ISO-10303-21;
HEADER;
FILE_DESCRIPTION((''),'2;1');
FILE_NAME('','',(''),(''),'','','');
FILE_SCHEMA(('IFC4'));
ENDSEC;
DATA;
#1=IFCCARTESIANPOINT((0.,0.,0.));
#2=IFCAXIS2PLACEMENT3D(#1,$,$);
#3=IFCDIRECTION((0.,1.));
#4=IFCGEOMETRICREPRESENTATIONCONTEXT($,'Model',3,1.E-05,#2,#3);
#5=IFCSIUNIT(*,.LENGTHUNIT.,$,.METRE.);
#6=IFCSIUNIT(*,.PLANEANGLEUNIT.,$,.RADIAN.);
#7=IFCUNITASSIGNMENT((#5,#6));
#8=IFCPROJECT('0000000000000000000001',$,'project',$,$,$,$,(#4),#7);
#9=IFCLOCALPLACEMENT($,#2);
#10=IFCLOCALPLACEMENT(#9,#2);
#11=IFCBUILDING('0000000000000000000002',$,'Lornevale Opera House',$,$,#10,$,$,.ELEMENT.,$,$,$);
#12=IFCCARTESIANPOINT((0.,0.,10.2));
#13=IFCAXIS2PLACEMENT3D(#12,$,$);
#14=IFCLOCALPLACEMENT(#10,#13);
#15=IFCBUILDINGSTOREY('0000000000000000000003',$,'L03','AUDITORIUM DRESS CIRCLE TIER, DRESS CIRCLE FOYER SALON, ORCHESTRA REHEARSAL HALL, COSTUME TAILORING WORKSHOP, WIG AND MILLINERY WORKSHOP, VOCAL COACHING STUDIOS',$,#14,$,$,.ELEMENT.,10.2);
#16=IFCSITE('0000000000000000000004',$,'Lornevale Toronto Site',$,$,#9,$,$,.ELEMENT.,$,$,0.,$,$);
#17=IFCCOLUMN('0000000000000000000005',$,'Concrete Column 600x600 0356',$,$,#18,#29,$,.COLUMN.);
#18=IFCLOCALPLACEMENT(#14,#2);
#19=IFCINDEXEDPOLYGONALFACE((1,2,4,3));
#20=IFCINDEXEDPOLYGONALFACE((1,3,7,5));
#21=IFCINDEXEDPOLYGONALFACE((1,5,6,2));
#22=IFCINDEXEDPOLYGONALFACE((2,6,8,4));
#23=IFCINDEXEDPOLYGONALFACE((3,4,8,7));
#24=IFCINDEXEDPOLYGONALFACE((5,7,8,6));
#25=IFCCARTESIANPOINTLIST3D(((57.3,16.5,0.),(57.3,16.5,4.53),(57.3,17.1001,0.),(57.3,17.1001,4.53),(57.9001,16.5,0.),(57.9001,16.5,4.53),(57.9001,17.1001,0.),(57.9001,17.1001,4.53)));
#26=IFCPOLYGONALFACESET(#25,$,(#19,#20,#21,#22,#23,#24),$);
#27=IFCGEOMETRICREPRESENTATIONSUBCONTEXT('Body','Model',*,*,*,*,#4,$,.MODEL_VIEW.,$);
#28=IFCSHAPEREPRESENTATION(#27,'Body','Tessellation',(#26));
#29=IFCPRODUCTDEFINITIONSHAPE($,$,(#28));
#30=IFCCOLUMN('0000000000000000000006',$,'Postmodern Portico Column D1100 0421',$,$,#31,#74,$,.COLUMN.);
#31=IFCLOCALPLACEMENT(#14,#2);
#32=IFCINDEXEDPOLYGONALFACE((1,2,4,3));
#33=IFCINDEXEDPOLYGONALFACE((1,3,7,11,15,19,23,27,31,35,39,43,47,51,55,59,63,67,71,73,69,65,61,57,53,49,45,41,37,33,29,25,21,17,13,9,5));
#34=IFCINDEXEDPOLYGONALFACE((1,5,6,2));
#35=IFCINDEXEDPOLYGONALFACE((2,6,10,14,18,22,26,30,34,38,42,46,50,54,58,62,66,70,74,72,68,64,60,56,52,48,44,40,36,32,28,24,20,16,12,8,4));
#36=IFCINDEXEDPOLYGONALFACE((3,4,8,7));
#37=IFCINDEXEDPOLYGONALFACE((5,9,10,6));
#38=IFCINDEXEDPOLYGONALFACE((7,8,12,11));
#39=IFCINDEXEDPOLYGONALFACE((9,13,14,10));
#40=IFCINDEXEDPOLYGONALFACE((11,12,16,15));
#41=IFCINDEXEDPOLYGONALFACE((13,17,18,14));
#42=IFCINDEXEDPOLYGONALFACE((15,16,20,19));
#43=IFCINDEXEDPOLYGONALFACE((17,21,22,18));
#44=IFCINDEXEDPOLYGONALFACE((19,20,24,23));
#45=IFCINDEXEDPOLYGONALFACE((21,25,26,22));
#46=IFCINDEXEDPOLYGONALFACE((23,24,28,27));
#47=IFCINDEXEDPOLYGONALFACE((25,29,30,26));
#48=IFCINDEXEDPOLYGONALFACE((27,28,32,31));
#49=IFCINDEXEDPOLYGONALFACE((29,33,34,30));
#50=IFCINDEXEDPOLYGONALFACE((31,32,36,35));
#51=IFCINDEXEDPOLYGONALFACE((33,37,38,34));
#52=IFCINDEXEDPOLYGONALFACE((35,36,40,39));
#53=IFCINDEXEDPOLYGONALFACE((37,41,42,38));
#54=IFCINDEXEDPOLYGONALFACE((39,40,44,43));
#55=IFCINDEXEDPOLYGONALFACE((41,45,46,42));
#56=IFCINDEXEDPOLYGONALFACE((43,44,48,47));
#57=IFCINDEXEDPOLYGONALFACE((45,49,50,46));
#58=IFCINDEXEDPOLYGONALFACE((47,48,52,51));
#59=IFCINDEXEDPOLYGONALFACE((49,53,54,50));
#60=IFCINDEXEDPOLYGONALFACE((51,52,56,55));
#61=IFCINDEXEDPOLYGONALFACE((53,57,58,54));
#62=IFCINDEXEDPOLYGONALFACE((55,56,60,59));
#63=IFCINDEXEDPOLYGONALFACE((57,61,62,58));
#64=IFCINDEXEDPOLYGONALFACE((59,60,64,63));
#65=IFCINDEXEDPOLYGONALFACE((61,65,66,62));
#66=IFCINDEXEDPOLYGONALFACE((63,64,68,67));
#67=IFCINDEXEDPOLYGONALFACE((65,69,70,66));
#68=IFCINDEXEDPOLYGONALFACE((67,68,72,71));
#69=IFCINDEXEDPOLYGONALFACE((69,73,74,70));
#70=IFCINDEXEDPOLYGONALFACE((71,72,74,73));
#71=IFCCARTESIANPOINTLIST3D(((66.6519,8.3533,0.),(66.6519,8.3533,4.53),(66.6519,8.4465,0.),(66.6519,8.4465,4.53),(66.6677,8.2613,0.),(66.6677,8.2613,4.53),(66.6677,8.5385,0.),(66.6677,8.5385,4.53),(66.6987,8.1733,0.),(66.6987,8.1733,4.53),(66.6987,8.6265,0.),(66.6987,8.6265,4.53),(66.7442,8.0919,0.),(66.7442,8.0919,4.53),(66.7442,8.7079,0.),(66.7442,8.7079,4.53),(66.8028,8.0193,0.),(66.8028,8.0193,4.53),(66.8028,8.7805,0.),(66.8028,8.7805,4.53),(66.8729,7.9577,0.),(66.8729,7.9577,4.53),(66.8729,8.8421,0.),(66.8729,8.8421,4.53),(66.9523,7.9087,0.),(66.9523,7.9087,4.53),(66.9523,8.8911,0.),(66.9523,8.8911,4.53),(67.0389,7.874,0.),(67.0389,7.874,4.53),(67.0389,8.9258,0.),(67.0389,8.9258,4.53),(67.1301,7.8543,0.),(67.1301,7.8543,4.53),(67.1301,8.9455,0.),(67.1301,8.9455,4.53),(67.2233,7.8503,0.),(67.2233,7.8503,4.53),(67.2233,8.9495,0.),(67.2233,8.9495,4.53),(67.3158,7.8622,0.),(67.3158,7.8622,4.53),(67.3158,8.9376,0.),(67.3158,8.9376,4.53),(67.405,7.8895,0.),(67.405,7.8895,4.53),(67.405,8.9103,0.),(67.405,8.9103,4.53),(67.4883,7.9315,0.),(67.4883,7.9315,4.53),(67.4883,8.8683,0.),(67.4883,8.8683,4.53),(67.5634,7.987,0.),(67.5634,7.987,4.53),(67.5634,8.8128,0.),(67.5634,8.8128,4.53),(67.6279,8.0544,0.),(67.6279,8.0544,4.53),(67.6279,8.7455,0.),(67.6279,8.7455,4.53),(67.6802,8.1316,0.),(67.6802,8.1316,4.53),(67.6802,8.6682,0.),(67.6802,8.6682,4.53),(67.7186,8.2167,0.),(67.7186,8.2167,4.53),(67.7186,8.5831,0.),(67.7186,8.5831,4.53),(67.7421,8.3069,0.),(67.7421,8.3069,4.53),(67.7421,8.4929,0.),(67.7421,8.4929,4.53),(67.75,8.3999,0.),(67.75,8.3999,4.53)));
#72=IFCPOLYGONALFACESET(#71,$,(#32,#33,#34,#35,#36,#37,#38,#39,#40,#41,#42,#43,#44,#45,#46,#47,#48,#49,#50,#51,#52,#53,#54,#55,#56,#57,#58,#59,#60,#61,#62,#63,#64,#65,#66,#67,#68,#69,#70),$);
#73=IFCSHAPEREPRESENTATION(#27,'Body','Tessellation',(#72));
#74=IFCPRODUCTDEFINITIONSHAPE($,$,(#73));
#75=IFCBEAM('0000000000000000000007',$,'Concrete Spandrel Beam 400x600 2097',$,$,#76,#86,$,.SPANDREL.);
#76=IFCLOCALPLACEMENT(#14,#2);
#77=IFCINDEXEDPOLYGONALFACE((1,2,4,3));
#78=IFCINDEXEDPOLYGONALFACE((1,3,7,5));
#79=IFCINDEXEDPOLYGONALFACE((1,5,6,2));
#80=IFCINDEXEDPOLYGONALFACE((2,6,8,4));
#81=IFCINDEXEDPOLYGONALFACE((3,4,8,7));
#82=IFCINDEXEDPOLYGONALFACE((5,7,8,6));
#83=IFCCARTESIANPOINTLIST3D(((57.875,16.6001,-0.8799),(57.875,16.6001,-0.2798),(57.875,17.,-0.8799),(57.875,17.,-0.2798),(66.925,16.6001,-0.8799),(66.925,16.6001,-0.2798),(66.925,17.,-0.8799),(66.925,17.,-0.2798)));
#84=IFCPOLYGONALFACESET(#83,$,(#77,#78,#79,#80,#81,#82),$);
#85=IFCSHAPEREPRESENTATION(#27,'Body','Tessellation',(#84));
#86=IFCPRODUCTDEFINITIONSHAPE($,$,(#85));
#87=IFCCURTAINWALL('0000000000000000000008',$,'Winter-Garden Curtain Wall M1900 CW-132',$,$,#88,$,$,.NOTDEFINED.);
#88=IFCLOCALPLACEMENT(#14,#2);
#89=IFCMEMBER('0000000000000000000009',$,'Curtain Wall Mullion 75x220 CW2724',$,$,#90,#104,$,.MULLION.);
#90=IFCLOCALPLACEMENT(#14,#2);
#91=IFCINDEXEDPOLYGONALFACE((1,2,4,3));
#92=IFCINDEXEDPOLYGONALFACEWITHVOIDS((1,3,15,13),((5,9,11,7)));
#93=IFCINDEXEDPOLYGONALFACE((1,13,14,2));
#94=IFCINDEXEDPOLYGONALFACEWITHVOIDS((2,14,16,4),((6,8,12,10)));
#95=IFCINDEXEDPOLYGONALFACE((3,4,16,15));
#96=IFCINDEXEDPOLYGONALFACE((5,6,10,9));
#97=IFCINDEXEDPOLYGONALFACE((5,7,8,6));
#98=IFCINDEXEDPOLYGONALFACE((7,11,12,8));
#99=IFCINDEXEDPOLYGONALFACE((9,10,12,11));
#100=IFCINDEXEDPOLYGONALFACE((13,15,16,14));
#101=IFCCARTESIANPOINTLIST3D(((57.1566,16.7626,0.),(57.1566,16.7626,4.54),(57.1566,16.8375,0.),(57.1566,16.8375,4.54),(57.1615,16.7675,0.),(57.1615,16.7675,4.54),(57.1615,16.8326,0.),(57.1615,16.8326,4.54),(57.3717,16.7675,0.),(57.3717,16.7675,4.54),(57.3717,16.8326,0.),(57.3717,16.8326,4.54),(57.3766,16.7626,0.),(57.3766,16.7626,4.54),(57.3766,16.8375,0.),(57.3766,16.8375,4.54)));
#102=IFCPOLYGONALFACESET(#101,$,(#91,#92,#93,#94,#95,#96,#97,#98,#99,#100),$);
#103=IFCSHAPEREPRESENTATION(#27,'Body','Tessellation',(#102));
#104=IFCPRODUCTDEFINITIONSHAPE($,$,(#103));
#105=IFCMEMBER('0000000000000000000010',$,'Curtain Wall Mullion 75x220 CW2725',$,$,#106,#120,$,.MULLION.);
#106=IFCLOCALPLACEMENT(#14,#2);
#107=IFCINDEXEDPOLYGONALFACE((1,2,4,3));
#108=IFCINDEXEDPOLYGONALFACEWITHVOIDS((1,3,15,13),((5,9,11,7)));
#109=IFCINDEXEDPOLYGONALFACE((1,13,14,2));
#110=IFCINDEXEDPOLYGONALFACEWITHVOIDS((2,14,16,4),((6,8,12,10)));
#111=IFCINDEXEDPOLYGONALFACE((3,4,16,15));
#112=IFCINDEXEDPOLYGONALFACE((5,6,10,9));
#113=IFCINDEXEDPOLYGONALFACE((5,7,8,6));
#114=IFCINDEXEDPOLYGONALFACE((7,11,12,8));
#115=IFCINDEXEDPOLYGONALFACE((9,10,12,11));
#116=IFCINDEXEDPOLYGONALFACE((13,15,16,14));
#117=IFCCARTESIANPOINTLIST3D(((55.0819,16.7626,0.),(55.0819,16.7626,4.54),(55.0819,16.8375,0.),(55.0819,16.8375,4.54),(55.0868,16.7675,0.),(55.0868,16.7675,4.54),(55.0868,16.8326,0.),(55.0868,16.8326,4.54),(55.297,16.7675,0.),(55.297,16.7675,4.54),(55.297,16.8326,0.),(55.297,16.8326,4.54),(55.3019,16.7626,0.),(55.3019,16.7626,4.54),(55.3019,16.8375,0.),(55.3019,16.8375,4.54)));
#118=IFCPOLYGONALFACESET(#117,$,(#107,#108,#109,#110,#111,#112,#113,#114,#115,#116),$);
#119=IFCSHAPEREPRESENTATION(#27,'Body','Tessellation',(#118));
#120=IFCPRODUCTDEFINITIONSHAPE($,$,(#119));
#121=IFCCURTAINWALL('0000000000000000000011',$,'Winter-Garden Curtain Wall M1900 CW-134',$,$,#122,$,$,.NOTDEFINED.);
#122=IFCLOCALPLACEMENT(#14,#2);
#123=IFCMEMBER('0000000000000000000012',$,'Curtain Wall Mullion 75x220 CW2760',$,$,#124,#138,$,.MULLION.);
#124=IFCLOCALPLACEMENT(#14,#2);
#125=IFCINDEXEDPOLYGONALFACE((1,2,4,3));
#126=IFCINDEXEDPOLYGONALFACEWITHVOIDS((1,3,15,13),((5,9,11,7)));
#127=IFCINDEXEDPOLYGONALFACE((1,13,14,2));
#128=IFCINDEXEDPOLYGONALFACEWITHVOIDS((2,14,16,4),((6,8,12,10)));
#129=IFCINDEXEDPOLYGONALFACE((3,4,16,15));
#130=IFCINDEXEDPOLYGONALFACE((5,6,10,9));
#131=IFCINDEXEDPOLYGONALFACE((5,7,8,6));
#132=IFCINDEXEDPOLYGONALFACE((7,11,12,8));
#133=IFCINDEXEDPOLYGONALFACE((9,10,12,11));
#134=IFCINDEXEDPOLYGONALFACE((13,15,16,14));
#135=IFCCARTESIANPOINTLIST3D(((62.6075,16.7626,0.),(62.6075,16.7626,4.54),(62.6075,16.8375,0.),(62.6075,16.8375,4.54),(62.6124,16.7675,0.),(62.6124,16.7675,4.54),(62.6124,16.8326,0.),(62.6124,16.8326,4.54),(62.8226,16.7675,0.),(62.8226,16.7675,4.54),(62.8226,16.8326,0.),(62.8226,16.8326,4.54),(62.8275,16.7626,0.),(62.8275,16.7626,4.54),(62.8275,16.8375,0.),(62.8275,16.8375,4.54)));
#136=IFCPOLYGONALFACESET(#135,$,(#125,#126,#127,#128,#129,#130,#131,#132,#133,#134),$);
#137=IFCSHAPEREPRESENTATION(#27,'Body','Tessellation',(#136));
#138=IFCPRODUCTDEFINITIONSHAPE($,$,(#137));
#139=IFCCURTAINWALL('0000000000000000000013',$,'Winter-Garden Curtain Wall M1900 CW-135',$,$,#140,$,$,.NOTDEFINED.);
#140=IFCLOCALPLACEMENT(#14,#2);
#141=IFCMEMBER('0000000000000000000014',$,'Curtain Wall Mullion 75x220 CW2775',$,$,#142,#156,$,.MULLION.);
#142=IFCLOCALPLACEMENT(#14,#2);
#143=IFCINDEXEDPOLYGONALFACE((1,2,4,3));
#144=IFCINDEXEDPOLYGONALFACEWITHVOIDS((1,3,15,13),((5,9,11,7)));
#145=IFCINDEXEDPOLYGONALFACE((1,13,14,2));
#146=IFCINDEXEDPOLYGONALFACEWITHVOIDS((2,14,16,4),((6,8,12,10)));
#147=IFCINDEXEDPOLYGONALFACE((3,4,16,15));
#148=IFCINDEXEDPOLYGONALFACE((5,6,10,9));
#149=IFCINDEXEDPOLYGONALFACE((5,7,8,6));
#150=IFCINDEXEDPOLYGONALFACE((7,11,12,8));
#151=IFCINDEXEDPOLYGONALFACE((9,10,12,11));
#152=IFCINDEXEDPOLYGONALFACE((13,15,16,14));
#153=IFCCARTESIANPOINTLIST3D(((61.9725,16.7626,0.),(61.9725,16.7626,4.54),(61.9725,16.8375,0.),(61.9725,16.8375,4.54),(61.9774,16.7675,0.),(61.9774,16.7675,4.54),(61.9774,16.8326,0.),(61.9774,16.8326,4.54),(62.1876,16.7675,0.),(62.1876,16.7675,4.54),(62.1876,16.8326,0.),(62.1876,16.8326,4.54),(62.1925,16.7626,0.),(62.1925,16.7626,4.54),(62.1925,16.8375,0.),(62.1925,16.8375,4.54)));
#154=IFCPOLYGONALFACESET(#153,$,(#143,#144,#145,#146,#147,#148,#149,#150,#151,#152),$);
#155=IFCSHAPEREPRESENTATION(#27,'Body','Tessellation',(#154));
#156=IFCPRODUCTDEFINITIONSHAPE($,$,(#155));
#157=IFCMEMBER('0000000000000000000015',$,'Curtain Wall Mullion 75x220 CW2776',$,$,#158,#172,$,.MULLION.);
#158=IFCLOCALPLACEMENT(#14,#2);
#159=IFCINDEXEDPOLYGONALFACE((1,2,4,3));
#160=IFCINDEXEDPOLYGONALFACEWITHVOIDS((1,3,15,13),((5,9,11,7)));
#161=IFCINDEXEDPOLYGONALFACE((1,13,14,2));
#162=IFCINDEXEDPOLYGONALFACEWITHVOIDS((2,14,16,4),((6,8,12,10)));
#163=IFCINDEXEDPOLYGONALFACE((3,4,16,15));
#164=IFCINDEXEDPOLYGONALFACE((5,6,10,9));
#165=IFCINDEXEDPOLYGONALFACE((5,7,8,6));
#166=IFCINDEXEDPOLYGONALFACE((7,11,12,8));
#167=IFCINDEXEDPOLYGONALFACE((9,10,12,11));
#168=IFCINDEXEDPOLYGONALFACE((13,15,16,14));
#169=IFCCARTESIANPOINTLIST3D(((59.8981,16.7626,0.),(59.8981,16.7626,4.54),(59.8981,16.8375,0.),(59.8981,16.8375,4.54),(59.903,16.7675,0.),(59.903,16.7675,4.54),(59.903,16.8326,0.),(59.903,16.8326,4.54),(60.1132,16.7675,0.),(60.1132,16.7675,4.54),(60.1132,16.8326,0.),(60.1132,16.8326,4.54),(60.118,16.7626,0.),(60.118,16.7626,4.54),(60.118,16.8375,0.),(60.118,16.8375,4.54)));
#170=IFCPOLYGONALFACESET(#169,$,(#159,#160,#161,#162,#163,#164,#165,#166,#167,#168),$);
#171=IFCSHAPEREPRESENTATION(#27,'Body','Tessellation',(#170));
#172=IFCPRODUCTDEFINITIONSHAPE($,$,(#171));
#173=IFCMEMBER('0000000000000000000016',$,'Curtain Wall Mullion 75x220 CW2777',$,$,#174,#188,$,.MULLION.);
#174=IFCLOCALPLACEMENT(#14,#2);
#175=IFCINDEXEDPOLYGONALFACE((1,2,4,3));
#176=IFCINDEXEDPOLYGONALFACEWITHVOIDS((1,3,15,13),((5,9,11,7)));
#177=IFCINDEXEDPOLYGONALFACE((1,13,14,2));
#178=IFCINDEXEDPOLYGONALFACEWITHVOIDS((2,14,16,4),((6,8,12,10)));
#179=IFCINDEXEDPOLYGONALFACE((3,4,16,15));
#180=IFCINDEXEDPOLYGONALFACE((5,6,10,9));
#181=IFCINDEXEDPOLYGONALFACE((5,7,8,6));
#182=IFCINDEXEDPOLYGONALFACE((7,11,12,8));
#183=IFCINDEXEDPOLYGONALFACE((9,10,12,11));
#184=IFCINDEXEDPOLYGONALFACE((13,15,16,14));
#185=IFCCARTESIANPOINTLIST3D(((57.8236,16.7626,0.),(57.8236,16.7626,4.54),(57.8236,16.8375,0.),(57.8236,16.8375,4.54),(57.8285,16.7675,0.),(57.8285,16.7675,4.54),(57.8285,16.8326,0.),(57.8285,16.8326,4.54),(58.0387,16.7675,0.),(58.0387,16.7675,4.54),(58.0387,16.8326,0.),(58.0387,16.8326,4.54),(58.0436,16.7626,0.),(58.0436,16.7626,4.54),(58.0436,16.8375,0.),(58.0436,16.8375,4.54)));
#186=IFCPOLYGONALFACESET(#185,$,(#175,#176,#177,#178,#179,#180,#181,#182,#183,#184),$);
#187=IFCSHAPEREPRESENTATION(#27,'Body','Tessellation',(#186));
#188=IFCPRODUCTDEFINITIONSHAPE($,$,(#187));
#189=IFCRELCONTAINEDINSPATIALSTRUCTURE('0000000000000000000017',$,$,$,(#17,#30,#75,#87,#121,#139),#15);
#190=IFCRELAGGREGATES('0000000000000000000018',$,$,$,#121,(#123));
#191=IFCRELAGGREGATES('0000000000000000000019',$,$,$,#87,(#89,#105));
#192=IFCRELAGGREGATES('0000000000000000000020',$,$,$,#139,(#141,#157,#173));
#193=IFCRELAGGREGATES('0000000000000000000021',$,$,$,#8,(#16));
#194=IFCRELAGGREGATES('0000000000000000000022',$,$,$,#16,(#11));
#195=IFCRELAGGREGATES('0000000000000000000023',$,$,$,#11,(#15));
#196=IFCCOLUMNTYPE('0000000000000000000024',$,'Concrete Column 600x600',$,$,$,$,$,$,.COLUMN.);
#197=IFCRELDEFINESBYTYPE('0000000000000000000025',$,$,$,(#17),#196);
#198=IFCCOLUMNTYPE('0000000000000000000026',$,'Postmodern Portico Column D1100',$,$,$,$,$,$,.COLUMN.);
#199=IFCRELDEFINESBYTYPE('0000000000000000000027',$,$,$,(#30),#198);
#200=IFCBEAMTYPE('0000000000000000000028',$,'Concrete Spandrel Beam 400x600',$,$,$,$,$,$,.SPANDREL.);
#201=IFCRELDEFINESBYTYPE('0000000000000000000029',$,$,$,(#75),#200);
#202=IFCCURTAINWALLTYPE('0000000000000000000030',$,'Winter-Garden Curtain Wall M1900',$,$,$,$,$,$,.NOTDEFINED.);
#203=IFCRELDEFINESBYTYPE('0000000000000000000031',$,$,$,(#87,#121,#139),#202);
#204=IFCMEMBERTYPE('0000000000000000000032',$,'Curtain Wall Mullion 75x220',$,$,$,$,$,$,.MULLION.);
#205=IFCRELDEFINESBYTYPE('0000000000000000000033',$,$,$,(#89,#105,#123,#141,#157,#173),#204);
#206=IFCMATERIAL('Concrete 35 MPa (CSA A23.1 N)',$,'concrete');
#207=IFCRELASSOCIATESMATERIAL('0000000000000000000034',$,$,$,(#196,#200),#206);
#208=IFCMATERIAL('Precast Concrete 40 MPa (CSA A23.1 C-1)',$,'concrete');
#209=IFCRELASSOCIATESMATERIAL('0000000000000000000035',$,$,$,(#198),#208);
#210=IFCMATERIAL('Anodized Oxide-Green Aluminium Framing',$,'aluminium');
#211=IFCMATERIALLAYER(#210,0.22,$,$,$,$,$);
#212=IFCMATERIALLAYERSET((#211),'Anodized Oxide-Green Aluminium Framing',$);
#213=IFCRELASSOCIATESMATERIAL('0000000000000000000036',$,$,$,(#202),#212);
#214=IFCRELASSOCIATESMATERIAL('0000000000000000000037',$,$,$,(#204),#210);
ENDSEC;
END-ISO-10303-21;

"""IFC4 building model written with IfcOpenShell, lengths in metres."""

from ifc_helpers import new_model, si_unit, direction, frame, origin, origin_2d, place, context, subcontext, project, spatial, rectangle, hollow_rectangle, circle, extrude, material, layer, layer_set, material_profile, profile_set, type_object, element, aggregate, save


model = new_model("IFC4")

# Units and contexts
model_context = context("Model", 3, precision=1e-05, world=origin(), true_north=direction((0.0, 1.0)))
body_context = subcontext(model_context, "Body", "Model", "MODEL_VIEW")
ifc_project = project(units=[si_unit("LENGTHUNIT", "METRE"), si_unit("PLANEANGLEUNIT", "RADIAN")], contexts=[model_context])

# Site, building, storey
site_placement = place(None, origin())
site = spatial("IfcSite", under=ifc_project, at=site_placement, Name="Lornevale Toronto Site", CompositionType="ELEMENT", RefElevation=0.0)
building_placement = place(site_placement, origin())
building = spatial("IfcBuilding", under=site, at=building_placement, Name="Lornevale Opera House", CompositionType="ELEMENT")
storey_placement = place(building_placement, frame((0.0, 0.0, 10.2)))
storey = spatial("IfcBuildingStorey", under=building, at=storey_placement, Name="L03", Description="AUDITORIUM DRESS CIRCLE TIER, DRESS CIRCLE FOYER SALON, ORCHESTRA REHEARSAL HALL, COSTUME TAILORING WORKSHOP, WIG AND MILLINERY WORKSHOP, VOCAL COACHING STUDIOS", CompositionType="ELEMENT", Elevation=10.2)

# Columns
ifc_material_1 = material(Name="Concrete 35 MPa (CSA A23.1 N)", Category="concrete")
ifc_material_profile_1 = material_profile(ifc_material_1, rectangle(XDim=0.6001, YDim=0.6001, at=origin_2d()), Name="RC600x600")
ifc_profile_set_1 = profile_set([ifc_material_profile_1], Name="Concrete 35 MPa (CSA A23.1 N)")
column_type_1 = type_object("IfcColumnType", Name="Concrete Column 600x600", PredefinedType="COLUMN", material=ifc_profile_set_1)
column_1_placement = place(storey_placement, frame((57.6001, 16.8, 0.0), z_axis=(0.0, 0.0, 1.0), x_axis=(1.0, 0.0, 0.0)))
element("IfcColumn", 1, at=column_1_placement, inside=storey, type_object=column_type_1, Name="Concrete Column 600x600 0356", PredefinedType="COLUMN", context=body_context, shape_type="SweptSolid", body=[
    extrude(rectangle(XDim=0.6001, YDim=0.6001, at=origin_2d()), origin(), (0.0, 0.0, 1.0), 4.53),
])
ifc_material_2 = material(Name="Precast Concrete 40 MPa (CSA A23.1 C-1)", Category="concrete")
ifc_material_profile_2 = material_profile(ifc_material_2, circle(Radius=0.55, at=origin_2d()), Name="RCCOL1100")
ifc_profile_set_2 = profile_set([ifc_material_profile_2], Name="Precast Concrete 40 MPa (CSA A23.1 C-1)")
column_type_2 = type_object("IfcColumnType", Name="Postmodern Portico Column D1100", PredefinedType="COLUMN", material=ifc_profile_set_2)
column_2_placement = place(storey_placement, frame((67.2, 8.3999, 0.0), z_axis=(0.0, 0.0, 1.0), x_axis=(1.0, 0.0, 0.0)))
element("IfcColumn", 2, at=column_2_placement, inside=storey, type_object=column_type_2, Name="Postmodern Portico Column D1100 0421", PredefinedType="COLUMN", context=body_context, shape_type="SweptSolid", body=[
    extrude(circle(Radius=0.55, at=origin_2d()), origin(), (0.0, 0.0, 1.0), 4.53),
])

# Beam
ifc_material_profile_3 = material_profile(ifc_material_1, rectangle(XDim=0.3999, YDim=0.6001, at=origin_2d()), Name="RC400x600")
ifc_profile_set_3 = profile_set([ifc_material_profile_3], Name="Concrete 35 MPa (CSA A23.1 N)")
beam_type = type_object("IfcBeamType", Name="Concrete Spandrel Beam 400x600", PredefinedType="SPANDREL", material=ifc_profile_set_3)
beam_placement = place(storey_placement, frame((57.875, 16.8, -0.5798), z_axis=(1.0, 0.0, 0.0), x_axis=(0.0, 1.0, 0.0)))
element("IfcBeam", 3, at=beam_placement, inside=storey, type_object=beam_type, Name="Concrete Spandrel Beam 400x600 2097", PredefinedType="SPANDREL", context=body_context, shape_type="SweptSolid", body=[
    extrude(rectangle(XDim=0.3999, YDim=0.6001, at=origin_2d()), origin(), (0.0, 0.0, 1.0), 9.05),
])

# Curtain wall, members
ifc_material_3 = material(Name="Anodized Oxide-Green Aluminium Framing", Category="aluminium")
ifc_layer_1 = layer(ifc_material_3, 0.22)
ifc_layer_set_1 = layer_set([ifc_layer_1], Name="Anodized Oxide-Green Aluminium Framing")
curtain_wall_type = type_object("IfcCurtainWallType", Name="Winter-Garden Curtain Wall M1900", PredefinedType="NOTDEFINED", material=ifc_layer_set_1)
curtain_wall_1_placement = place(storey_placement, origin())
curtain_wall_1 = element("IfcCurtainWall", 4, at=curtain_wall_1_placement, inside=storey, type_object=curtain_wall_type, Name="Winter-Garden Curtain Wall M1900 CW-132", PredefinedType="NOTDEFINED")
ifc_material_profile_4 = material_profile(ifc_material_3, hollow_rectangle(XDim=0.075, YDim=0.22, WallThickness=0.0049, at=origin_2d()), Name="ALU75x220x5")
ifc_profile_set_4 = profile_set([ifc_material_profile_4], Name="Anodized Oxide-Green Aluminium Framing")
member_type_1 = type_object("IfcMemberType", Name="Curtain Wall Mullion 75x220", PredefinedType="MULLION", material=ifc_profile_set_4)
member_1_placement = place(storey_placement, frame((57.2666, 16.8, 0.0), z_axis=(0.0, 0.0, 1.0), x_axis=(0.0, -1.0, 0.0)))
member_1 = element("IfcMember", 5, at=member_1_placement, type_object=member_type_1, Name="Curtain Wall Mullion 75x220 CW2724", PredefinedType="MULLION", context=body_context, shape_type="SweptSolid", body=[
    extrude(hollow_rectangle(XDim=0.075, YDim=0.22, WallThickness=0.0049, at=origin_2d()), origin(), (0.0, 0.0, 1.0), 4.54),
])
member_2_placement = place(storey_placement, frame((55.1919, 16.8, 0.0), z_axis=(0.0, 0.0, 1.0), x_axis=(0.0, -1.0, 0.0)))
member_2 = element("IfcMember", 6, at=member_2_placement, type_object=member_type_1, Name="Curtain Wall Mullion 75x220 CW2725", PredefinedType="MULLION", context=body_context, shape_type="SweptSolid", body=[
    extrude(hollow_rectangle(XDim=0.075, YDim=0.22, WallThickness=0.0049, at=origin_2d()), origin(), (0.0, 0.0, 1.0), 4.54),
])

# Curtain wall, member
curtain_wall_2_placement = place(storey_placement, origin())
curtain_wall_2 = element("IfcCurtainWall", 7, at=curtain_wall_2_placement, inside=storey, type_object=curtain_wall_type, Name="Winter-Garden Curtain Wall M1900 CW-134", PredefinedType="NOTDEFINED")
member_3_placement = place(storey_placement, frame((62.7175, 16.8, 0.0), z_axis=(0.0, 0.0, 1.0), x_axis=(0.0, -1.0, 0.0)))
member_3 = element("IfcMember", 8, at=member_3_placement, type_object=member_type_1, Name="Curtain Wall Mullion 75x220 CW2760", PredefinedType="MULLION", context=body_context, shape_type="SweptSolid", body=[
    extrude(hollow_rectangle(XDim=0.075, YDim=0.22, WallThickness=0.0049, at=origin_2d()), origin(), (0.0, 0.0, 1.0), 4.54),
])

# Curtain wall, members
curtain_wall_3_placement = place(storey_placement, origin())
curtain_wall_3 = element("IfcCurtainWall", 9, at=curtain_wall_3_placement, inside=storey, type_object=curtain_wall_type, Name="Winter-Garden Curtain Wall M1900 CW-135", PredefinedType="NOTDEFINED")
member_4_placement = place(storey_placement, frame((62.0825, 16.8, 0.0), z_axis=(0.0, 0.0, 1.0), x_axis=(0.0, -1.0, 0.0)))
member_4 = element("IfcMember", 10, at=member_4_placement, type_object=member_type_1, Name="Curtain Wall Mullion 75x220 CW2775", PredefinedType="MULLION", context=body_context, shape_type="SweptSolid", body=[
    extrude(hollow_rectangle(XDim=0.075, YDim=0.22, WallThickness=0.0049, at=origin_2d()), origin(), (0.0, 0.0, 1.0), 4.54),
])
member_5_placement = place(storey_placement, frame((60.0081, 16.8, 0.0), z_axis=(0.0, 0.0, 1.0), x_axis=(0.0, -1.0, 0.0)))
member_5 = element("IfcMember", 11, at=member_5_placement, type_object=member_type_1, Name="Curtain Wall Mullion 75x220 CW2776", PredefinedType="MULLION", context=body_context, shape_type="SweptSolid", body=[
    extrude(hollow_rectangle(XDim=0.075, YDim=0.22, WallThickness=0.0049, at=origin_2d()), origin(), (0.0, 0.0, 1.0), 4.54),
])
member_6_placement = place(storey_placement, frame((57.9336, 16.8, 0.0), z_axis=(0.0, 0.0, 1.0), x_axis=(0.0, -1.0, 0.0)))
member_6 = element("IfcMember", 12, at=member_6_placement, type_object=member_type_1, Name="Curtain Wall Mullion 75x220 CW2777", PredefinedType="MULLION", context=body_context, shape_type="SweptSolid", body=[
    extrude(hollow_rectangle(XDim=0.075, YDim=0.22, WallThickness=0.0049, at=origin_2d()), origin(), (0.0, 0.0, 1.0), 4.54),
])

aggregate(curtain_wall_2, [member_3])

aggregate(curtain_wall_1, [member_1, member_2])
aggregate(curtain_wall_3, [member_4, member_5, member_6])

save(model, "model.ifc")
